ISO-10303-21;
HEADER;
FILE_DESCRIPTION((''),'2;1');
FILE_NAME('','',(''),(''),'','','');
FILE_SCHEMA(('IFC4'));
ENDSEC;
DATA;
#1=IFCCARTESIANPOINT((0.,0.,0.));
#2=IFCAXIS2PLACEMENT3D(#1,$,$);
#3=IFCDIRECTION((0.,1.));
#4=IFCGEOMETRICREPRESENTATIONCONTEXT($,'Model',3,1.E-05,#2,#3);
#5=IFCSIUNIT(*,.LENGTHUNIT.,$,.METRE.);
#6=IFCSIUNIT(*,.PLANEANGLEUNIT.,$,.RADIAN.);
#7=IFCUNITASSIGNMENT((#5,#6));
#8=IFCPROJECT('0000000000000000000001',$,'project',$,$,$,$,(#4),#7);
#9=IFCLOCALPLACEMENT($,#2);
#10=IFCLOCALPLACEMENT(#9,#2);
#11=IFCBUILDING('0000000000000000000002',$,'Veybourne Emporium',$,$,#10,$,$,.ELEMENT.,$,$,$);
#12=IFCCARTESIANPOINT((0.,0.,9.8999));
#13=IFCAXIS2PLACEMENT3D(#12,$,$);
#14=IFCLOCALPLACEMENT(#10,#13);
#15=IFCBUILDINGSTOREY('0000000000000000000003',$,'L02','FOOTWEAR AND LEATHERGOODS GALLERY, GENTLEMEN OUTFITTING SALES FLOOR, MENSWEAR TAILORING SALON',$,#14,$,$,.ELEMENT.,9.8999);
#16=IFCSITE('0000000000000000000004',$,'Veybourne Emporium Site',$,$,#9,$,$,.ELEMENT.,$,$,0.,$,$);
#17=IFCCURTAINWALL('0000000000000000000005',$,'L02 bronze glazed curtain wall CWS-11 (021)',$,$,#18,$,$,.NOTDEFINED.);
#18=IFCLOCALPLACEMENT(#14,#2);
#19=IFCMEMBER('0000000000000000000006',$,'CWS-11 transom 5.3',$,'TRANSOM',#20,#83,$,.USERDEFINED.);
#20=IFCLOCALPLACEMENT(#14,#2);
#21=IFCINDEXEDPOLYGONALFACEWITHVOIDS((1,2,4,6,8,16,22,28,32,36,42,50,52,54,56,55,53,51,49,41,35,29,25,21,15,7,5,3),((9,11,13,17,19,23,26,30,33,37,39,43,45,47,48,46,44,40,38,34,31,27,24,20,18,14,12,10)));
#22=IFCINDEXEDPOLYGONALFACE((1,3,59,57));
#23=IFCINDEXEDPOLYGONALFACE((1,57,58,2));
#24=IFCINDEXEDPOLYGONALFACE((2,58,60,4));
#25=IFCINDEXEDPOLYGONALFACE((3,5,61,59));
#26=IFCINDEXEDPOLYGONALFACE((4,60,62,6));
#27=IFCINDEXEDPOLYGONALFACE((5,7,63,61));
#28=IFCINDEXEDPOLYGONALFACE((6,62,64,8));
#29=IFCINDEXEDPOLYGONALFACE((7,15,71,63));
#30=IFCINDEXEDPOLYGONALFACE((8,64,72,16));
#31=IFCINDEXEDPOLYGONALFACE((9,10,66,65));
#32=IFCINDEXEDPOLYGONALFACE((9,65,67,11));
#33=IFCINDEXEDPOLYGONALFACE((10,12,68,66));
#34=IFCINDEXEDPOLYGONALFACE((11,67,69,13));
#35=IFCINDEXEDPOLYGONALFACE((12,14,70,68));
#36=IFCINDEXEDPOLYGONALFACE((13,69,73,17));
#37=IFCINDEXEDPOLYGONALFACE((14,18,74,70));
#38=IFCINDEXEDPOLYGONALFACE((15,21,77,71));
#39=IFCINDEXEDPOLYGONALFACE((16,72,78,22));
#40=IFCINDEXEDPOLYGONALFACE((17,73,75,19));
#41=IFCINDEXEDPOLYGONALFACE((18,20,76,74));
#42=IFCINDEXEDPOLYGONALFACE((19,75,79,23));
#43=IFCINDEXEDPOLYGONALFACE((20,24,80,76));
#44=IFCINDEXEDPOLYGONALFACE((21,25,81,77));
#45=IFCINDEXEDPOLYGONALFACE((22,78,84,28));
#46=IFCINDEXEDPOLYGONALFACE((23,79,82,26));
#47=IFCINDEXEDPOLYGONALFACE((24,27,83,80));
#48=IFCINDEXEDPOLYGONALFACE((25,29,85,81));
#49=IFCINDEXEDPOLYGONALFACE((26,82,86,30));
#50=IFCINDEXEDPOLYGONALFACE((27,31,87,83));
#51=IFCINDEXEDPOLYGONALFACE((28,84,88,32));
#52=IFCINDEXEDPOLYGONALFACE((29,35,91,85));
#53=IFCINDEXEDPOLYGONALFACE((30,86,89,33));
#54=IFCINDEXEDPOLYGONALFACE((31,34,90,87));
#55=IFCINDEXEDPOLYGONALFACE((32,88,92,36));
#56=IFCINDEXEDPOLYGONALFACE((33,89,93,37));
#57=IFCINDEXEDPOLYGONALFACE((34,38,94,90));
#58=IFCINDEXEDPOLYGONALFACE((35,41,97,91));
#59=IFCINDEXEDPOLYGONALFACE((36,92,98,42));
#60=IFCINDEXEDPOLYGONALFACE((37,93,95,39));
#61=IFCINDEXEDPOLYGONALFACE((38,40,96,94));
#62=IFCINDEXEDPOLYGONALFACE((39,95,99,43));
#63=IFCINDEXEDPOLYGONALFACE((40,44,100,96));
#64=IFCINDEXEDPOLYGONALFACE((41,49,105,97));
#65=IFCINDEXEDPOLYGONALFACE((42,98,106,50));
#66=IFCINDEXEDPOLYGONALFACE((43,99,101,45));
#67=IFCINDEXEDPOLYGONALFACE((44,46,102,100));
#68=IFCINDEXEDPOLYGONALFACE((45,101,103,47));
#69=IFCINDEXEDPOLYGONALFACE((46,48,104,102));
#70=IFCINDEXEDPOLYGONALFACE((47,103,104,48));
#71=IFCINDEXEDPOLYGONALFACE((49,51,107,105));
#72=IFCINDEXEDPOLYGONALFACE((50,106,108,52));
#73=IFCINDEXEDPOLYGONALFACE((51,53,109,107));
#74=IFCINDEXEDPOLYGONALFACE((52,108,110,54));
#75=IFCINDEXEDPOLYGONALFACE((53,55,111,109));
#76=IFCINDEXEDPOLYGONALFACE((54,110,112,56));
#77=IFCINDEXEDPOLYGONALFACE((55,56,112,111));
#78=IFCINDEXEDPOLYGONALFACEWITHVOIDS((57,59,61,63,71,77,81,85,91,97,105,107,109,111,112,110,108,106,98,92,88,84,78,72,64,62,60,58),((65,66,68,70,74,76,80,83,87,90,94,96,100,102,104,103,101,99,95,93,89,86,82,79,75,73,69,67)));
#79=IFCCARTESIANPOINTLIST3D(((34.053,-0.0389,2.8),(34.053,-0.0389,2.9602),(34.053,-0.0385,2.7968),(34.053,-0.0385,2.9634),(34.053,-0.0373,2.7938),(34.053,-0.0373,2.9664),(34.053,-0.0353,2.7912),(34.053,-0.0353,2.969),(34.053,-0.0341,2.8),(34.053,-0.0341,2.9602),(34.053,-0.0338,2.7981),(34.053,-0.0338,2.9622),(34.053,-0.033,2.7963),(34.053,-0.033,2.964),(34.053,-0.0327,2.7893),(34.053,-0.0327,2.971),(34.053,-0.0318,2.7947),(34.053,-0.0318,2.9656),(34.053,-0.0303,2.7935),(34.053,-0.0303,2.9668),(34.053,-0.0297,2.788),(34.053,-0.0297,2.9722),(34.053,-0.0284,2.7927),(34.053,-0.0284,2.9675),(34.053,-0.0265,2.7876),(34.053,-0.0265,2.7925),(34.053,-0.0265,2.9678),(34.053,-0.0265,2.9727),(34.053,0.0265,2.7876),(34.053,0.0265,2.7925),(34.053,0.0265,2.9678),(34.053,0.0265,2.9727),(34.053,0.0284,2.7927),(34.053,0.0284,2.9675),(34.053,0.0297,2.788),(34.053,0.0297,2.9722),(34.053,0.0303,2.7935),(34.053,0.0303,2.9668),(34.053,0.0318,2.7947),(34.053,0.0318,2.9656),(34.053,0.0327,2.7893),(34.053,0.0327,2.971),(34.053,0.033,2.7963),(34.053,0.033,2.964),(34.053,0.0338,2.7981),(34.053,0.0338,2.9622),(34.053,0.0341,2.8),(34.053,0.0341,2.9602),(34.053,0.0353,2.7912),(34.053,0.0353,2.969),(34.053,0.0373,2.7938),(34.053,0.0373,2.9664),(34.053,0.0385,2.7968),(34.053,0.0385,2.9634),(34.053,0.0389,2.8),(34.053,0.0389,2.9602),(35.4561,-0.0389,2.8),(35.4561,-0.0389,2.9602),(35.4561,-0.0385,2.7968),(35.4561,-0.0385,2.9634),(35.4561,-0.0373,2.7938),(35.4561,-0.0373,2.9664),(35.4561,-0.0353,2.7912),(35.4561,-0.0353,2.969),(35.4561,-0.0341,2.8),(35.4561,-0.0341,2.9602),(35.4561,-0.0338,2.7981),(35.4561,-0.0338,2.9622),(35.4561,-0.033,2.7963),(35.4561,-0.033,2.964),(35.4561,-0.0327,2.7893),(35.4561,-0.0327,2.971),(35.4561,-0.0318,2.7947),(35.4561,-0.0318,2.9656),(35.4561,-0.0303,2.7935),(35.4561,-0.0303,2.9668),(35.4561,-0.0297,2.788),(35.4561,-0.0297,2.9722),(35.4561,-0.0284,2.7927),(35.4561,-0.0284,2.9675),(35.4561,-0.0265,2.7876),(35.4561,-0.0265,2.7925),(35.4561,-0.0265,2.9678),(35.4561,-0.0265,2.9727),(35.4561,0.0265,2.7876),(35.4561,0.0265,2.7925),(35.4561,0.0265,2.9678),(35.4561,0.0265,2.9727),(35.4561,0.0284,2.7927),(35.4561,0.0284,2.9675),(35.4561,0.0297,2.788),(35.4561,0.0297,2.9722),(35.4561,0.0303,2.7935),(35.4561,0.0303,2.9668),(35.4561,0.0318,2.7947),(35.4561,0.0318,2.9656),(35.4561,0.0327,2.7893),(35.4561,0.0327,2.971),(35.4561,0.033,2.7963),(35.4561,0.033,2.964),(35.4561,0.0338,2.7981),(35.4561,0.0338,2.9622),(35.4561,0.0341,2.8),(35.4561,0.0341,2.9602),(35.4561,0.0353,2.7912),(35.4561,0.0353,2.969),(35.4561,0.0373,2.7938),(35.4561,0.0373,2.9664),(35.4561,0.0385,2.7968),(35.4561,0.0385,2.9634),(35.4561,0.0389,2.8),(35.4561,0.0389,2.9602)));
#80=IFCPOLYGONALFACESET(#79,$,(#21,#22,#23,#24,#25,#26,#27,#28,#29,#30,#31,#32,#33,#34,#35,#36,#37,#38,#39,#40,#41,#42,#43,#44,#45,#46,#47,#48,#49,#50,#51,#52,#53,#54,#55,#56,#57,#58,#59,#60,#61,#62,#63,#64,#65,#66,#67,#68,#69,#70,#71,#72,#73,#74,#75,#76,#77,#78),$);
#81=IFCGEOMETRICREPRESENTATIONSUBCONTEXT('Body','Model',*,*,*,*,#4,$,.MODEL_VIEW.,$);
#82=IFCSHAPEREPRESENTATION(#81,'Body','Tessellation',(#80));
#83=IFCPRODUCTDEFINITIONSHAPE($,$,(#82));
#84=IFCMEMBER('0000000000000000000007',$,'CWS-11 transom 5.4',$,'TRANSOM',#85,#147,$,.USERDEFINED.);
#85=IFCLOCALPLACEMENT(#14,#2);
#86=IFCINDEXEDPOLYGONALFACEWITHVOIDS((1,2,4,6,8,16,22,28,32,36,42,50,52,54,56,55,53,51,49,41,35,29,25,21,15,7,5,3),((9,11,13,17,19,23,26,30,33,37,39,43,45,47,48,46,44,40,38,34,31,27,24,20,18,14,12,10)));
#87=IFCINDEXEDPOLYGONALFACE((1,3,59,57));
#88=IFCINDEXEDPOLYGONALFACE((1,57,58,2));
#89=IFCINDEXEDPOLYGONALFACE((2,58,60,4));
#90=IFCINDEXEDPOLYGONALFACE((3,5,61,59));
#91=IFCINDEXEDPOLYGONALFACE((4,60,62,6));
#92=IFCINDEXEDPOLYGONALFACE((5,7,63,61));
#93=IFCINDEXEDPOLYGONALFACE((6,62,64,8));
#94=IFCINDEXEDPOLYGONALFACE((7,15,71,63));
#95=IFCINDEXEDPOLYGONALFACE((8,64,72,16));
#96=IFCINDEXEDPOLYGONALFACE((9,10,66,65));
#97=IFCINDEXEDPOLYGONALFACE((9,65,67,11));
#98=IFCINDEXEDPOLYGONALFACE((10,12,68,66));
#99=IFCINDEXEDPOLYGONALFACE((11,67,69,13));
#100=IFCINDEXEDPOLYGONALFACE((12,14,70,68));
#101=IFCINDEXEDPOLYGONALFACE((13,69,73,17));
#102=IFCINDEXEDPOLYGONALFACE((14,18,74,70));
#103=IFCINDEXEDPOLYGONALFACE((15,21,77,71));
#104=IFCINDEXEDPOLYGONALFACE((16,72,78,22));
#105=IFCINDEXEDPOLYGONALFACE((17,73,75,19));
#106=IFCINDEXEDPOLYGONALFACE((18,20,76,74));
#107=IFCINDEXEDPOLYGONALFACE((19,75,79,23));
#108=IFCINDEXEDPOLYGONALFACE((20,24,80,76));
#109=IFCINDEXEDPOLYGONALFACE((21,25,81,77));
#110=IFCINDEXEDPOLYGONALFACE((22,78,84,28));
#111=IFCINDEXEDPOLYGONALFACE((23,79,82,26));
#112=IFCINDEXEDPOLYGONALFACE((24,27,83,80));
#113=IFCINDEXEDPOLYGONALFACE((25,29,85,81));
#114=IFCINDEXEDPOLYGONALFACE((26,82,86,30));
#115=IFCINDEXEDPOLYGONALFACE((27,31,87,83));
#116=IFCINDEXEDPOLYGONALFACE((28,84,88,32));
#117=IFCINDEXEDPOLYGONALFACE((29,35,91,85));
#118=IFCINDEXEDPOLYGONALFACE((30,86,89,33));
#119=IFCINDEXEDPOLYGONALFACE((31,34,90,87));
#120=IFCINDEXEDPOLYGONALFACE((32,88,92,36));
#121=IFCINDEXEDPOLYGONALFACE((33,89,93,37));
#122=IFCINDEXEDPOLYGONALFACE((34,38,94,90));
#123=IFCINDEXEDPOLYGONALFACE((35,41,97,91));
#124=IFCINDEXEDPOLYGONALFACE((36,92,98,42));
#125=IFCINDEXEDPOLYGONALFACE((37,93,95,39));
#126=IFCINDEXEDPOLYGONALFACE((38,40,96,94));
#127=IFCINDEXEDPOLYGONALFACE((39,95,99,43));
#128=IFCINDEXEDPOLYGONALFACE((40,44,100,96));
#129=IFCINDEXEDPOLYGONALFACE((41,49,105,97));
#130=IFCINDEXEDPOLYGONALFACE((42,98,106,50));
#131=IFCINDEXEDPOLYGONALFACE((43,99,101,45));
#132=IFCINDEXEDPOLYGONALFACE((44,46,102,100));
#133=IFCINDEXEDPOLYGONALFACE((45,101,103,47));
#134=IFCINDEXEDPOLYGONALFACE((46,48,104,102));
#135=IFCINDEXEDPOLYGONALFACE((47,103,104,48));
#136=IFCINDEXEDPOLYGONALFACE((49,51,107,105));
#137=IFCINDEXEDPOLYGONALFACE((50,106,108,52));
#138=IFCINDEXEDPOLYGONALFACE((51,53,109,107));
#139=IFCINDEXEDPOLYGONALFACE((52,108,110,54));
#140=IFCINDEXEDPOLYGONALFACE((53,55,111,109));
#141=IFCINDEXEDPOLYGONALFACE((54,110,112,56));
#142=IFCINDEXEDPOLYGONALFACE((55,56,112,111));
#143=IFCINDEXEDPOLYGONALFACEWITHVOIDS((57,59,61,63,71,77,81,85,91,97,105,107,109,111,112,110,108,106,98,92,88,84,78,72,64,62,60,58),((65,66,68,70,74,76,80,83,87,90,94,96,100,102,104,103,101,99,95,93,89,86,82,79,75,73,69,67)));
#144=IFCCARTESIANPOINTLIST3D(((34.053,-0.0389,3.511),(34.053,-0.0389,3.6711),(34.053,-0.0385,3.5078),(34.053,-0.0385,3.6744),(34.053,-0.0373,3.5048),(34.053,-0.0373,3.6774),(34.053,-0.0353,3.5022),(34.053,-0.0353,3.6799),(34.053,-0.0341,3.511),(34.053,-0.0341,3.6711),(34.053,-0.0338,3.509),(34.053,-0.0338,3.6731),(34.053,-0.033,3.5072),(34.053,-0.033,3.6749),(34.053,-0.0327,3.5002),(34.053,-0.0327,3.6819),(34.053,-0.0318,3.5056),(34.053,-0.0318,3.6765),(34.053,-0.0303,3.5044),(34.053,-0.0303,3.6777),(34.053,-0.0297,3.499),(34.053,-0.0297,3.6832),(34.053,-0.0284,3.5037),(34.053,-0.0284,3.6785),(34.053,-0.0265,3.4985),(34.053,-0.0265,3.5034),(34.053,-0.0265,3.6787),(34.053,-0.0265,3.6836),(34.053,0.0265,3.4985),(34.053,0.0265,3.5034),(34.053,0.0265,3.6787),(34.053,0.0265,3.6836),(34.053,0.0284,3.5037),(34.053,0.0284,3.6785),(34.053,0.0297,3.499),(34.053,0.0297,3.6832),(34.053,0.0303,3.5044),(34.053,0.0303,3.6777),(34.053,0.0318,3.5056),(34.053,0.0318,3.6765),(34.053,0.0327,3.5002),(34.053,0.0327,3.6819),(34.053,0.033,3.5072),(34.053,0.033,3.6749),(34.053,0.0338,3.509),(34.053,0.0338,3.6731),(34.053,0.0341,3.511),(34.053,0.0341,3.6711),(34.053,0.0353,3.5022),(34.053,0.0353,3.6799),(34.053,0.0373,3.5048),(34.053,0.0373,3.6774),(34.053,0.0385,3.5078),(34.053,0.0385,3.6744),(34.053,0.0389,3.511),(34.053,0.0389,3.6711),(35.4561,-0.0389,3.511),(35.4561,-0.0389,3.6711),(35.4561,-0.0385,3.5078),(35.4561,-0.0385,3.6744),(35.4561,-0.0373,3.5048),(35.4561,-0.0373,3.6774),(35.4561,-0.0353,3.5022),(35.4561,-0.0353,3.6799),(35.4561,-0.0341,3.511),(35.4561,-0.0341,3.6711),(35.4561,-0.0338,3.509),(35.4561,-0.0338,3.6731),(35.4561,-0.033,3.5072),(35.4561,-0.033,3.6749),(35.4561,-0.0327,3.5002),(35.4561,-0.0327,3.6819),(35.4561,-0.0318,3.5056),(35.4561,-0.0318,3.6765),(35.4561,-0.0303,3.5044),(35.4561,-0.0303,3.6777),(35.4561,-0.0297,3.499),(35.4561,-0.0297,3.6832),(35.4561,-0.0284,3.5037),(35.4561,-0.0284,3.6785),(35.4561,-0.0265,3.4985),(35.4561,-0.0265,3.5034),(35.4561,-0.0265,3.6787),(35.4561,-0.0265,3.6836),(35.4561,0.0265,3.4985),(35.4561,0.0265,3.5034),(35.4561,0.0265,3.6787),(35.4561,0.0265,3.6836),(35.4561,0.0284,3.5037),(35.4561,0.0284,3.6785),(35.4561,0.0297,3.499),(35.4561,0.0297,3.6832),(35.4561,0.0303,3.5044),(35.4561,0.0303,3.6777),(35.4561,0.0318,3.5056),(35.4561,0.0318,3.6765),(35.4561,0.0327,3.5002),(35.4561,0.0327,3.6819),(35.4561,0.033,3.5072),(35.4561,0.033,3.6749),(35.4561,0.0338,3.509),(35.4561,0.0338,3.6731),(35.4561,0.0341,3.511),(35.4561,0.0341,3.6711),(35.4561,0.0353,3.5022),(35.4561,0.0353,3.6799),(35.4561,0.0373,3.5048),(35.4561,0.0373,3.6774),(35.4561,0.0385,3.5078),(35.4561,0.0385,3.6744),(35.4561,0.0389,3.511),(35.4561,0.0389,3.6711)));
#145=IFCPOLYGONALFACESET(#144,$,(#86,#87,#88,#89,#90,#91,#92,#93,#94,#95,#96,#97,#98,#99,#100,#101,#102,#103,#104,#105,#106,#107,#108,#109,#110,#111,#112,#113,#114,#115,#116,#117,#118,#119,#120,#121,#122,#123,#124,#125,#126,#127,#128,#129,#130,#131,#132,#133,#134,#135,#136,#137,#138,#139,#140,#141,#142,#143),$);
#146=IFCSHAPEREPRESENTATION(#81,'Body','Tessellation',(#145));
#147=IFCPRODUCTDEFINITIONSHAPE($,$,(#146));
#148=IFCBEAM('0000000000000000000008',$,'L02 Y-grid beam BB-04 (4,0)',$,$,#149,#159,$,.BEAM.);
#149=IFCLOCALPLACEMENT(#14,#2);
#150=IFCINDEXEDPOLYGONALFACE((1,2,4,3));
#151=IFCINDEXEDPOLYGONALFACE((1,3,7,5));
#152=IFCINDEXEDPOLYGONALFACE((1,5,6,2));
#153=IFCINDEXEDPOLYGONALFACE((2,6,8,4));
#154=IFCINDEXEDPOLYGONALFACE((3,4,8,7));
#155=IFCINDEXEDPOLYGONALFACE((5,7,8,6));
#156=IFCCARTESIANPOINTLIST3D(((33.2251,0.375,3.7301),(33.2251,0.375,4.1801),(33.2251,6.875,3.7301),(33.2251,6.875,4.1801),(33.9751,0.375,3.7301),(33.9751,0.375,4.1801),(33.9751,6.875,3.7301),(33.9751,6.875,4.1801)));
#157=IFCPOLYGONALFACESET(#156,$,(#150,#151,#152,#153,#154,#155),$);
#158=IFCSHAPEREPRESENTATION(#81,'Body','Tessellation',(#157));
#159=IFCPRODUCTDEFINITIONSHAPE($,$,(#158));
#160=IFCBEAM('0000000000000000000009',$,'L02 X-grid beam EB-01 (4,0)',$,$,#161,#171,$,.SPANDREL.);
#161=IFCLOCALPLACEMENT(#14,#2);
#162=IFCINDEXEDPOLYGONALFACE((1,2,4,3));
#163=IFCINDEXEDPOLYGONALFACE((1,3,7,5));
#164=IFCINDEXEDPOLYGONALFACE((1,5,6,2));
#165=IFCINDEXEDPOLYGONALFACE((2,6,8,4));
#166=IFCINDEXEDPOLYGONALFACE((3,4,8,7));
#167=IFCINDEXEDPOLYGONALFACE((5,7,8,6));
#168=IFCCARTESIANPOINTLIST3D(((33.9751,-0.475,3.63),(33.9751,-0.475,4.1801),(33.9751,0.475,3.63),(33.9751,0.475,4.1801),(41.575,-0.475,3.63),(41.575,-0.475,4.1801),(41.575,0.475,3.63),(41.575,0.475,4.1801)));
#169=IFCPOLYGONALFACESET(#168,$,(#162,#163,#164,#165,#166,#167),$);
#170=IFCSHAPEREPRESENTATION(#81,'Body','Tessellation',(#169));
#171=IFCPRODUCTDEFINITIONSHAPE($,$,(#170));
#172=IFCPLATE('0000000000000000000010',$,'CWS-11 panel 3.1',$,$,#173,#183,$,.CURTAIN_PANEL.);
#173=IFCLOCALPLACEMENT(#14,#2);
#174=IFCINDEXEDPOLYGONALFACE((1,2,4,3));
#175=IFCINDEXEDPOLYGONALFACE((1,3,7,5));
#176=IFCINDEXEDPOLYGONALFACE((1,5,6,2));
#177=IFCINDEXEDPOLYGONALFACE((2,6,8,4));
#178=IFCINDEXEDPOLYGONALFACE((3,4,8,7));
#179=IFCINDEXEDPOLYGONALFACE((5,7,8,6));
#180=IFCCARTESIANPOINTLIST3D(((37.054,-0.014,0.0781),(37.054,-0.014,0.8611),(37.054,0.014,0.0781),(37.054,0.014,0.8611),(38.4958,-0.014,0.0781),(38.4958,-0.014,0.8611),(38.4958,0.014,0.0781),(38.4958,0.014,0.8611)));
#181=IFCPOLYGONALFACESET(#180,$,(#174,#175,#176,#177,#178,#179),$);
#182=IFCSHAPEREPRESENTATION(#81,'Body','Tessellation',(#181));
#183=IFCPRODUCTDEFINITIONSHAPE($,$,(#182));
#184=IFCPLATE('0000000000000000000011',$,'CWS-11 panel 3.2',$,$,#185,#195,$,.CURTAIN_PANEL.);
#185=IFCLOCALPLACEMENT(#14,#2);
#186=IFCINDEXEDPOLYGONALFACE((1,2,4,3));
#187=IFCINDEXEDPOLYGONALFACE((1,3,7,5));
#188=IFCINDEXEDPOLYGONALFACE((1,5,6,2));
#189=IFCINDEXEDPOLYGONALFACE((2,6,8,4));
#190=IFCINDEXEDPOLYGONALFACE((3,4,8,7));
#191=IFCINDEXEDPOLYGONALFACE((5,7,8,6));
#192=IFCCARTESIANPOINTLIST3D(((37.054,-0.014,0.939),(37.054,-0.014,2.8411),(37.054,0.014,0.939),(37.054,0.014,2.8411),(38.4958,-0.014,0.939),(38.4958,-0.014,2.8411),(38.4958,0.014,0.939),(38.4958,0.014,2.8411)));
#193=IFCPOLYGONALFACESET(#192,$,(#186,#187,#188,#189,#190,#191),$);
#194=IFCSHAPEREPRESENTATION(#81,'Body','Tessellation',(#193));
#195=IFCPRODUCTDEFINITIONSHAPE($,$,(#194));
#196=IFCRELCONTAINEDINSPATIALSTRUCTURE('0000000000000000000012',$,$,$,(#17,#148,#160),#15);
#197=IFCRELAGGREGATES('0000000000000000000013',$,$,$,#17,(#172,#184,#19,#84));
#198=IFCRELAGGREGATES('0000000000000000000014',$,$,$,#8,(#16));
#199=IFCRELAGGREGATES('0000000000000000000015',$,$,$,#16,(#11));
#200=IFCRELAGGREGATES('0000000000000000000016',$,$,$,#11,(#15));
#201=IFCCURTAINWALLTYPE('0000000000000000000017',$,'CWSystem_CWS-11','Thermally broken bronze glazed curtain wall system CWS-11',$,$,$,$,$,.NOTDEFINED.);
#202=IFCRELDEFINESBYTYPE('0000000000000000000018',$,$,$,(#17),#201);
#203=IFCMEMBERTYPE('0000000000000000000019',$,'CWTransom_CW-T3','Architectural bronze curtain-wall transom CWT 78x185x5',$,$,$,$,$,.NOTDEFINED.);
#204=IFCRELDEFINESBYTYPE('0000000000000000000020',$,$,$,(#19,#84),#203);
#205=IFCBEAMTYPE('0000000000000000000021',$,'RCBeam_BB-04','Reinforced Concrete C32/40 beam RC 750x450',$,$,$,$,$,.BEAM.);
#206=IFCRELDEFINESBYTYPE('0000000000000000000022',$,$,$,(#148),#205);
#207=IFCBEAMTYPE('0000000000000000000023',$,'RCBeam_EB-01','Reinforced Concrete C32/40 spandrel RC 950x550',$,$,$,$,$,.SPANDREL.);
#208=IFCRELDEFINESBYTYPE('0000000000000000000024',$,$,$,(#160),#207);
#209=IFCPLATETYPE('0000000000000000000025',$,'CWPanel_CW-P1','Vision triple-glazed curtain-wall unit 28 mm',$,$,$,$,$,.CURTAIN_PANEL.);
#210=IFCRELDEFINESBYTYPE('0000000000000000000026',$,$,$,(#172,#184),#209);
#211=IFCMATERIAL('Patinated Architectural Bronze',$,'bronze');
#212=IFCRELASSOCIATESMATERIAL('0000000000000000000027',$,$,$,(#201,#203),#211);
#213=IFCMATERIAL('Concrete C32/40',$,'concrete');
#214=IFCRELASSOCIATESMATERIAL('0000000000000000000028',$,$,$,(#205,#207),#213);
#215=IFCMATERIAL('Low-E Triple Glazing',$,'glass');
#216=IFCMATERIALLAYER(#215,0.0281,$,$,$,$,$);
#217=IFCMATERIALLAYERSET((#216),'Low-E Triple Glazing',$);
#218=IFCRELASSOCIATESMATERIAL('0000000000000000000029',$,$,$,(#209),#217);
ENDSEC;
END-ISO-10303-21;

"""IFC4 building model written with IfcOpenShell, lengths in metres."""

from ifc_helpers import new_model, si_unit, direction, frame, origin, origin_2d, place, context, subcontext, project, spatial, rectangle, hollow_rectangle, extrude, material, layer, layer_set, material_profile, profile_set, type_object, element, aggregate, save


model = new_model("IFC4")

# Units and contexts
model_context = context("Model", 3, precision=1e-05, world=origin(), true_north=direction((0.0, 1.0)))
body_context = subcontext(model_context, "Body", "Model", "MODEL_VIEW")
ifc_project = project(units=[si_unit("LENGTHUNIT", "METRE"), si_unit("PLANEANGLEUNIT", "RADIAN")], contexts=[model_context])

# Site, building, storey
site_placement = place(None, origin())
site = spatial("IfcSite", under=ifc_project, at=site_placement, Name="Veybourne Emporium Site", CompositionType="ELEMENT", RefElevation=0.0)
building_placement = place(site_placement, origin())
building = spatial("IfcBuilding", under=site, at=building_placement, Name="Veybourne Emporium", CompositionType="ELEMENT")
storey_placement = place(building_placement, frame((0.0, 0.0, 9.8999)))
storey = spatial("IfcBuildingStorey", under=building, at=storey_placement, Name="L02", Description="FOOTWEAR AND LEATHERGOODS GALLERY, GENTLEMEN OUTFITTING SALES FLOOR, MENSWEAR TAILORING SALON", CompositionType="ELEMENT", Elevation=9.8999)

# Curtain wall, members
ifc_material_1 = material(Name="Patinated Architectural Bronze", Category="bronze")
curtain_wall_type = type_object("IfcCurtainWallType", Name="CWSystem_CWS-11", Description="Thermally broken bronze glazed curtain wall system CWS-11", PredefinedType="NOTDEFINED", material=ifc_material_1)
curtain_wall_placement = place(storey_placement, origin())
curtain_wall = element("IfcCurtainWall", 1, at=curtain_wall_placement, inside=storey, type_object=curtain_wall_type, Name="L02 bronze glazed curtain wall CWS-11 (021)", PredefinedType="NOTDEFINED")
ifc_material_profile_1 = material_profile(ifc_material_1, hollow_rectangle(XDim=0.0779, YDim=0.1851, WallThickness=0.0049, InnerFilletRadius=0.0076, OuterFilletRadius=0.0125, at=origin_2d()), Name="CWT 78x185x5")
ifc_profile_set_1 = profile_set([ifc_material_profile_1], Name="Patinated Architectural Bronze")
member_type_1 = type_object("IfcMemberType", Name="CWTransom_CW-T3", Description="Architectural bronze curtain-wall transom CWT 78x185x5", PredefinedType="NOTDEFINED", material=ifc_profile_set_1)
member_1_placement = place(storey_placement, frame((35.4561, 0.0, 2.8801), z_axis=(-1.0, 0.0, 0.0), x_axis=(0.0, -1.0, 0.0)))
member_1 = element("IfcMember", 2, at=member_1_placement, type_object=member_type_1, Name="CWS-11 transom 5.3", ObjectType="TRANSOM", PredefinedType="USERDEFINED", context=body_context, shape_type="SweptSolid", body=[
    extrude(hollow_rectangle(XDim=0.0779, YDim=0.1851, WallThickness=0.0049, InnerFilletRadius=0.0076, OuterFilletRadius=0.0125, at=origin_2d()), origin(), (0.0, 0.0, 1.0), 1.4031),
])
member_2_placement = place(storey_placement, frame((35.4561, 0.0, 3.5911), z_axis=(-1.0, 0.0, 0.0), x_axis=(0.0, -1.0, 0.0)))
member_2 = element("IfcMember", 3, at=member_2_placement, type_object=member_type_1, Name="CWS-11 transom 5.4", ObjectType="TRANSOM", PredefinedType="USERDEFINED", context=body_context, shape_type="SweptSolid", body=[
    extrude(hollow_rectangle(XDim=0.0779, YDim=0.1851, WallThickness=0.0049, InnerFilletRadius=0.0076, OuterFilletRadius=0.0125, at=origin_2d()), origin(), (0.0, 0.0, 1.0), 1.4031),
])

# Beams
ifc_material_2 = material(Name="Concrete C32/40", Category="concrete")
ifc_material_profile_2 = material_profile(ifc_material_2, rectangle(XDim=0.75, YDim=0.45, at=origin_2d()), Name="RC 750x450")
ifc_profile_set_2 = profile_set([ifc_material_profile_2], Name="Concrete C32/40")
beam_type_1 = type_object("IfcBeamType", Name="RCBeam_BB-04", Description="Reinforced Concrete C32/40 beam RC 750x450", PredefinedType="BEAM", material=ifc_profile_set_2)
beam_1_placement = place(storey_placement, frame((33.6001, 0.375, 3.9551), z_axis=(0.0, 1.0, 0.0), x_axis=(-1.0, 0.0, 0.0)))
element("IfcBeam", 4, at=beam_1_placement, inside=storey, type_object=beam_type_1, Name="L02 Y-grid beam BB-04 (4,0)", PredefinedType="BEAM", context=body_context, shape_type="SweptSolid", body=[
    extrude(rectangle(XDim=0.75, YDim=0.45, at=origin_2d()), origin(), (0.0, 0.0, 1.0), 6.5),
])
ifc_material_profile_3 = material_profile(ifc_material_2, rectangle(XDim=0.95, YDim=0.55, at=origin_2d()), Name="RC 950x550")
ifc_profile_set_3 = profile_set([ifc_material_profile_3], Name="Concrete C32/40")
beam_type_2 = type_object("IfcBeamType", Name="RCBeam_EB-01", Description="Reinforced Concrete C32/40 spandrel RC 950x550", PredefinedType="SPANDREL", material=ifc_profile_set_3)
beam_2_placement = place(storey_placement, frame((33.9751, 0.0, 3.905), z_axis=(1.0, 0.0, 0.0), x_axis=(0.0, 1.0, 0.0)))
element("IfcBeam", 5, at=beam_2_placement, inside=storey, type_object=beam_type_2, Name="L02 X-grid beam EB-01 (4,0)", PredefinedType="SPANDREL", context=body_context, shape_type="SweptSolid", body=[
    extrude(rectangle(XDim=0.95, YDim=0.55, at=origin_2d()), origin(), (0.0, 0.0, 1.0), 7.5999),
])

# Plates
ifc_material_3 = material(Name="Low-E Triple Glazing", Category="glass")
ifc_layer_1 = layer(ifc_material_3, 0.0281)
ifc_layer_set_1 = layer_set([ifc_layer_1], Name="Low-E Triple Glazing")
plate_type = type_object("IfcPlateType", Name="CWPanel_CW-P1", Description="Vision triple-glazed curtain-wall unit 28 mm", PredefinedType="CURTAIN_PANEL", material=ifc_layer_set_1)
plate_1_placement = place(storey_placement, frame((37.7749, 0.0, 0.0781), z_axis=(0.0, 0.0, 1.0), x_axis=(-1.0, 0.0, 0.0)))
plate_1 = element("IfcPlate", 6, at=plate_1_placement, type_object=plate_type, Name="CWS-11 panel 3.1", PredefinedType="CURTAIN_PANEL", context=body_context, shape_type="SweptSolid", body=[
    extrude(rectangle(XDim=1.4419, YDim=0.0281, at=origin_2d()), origin(), (0.0, 0.0, 1.0), 0.783),
])
plate_2_placement = place(storey_placement, frame((37.7749, 0.0, 0.939), z_axis=(0.0, 0.0, 1.0), x_axis=(-1.0, 0.0, 0.0)))
plate_2 = element("IfcPlate", 7, at=plate_2_placement, type_object=plate_type, Name="CWS-11 panel 3.2", PredefinedType="CURTAIN_PANEL", context=body_context, shape_type="SweptSolid", body=[
    extrude(rectangle(XDim=1.4419, YDim=0.0281, at=origin_2d()), origin(), (0.0, 0.0, 1.0), 1.9021),
])
aggregate(curtain_wall, [plate_1, plate_2, member_1, member_2])

save(model, "model.ifc")
